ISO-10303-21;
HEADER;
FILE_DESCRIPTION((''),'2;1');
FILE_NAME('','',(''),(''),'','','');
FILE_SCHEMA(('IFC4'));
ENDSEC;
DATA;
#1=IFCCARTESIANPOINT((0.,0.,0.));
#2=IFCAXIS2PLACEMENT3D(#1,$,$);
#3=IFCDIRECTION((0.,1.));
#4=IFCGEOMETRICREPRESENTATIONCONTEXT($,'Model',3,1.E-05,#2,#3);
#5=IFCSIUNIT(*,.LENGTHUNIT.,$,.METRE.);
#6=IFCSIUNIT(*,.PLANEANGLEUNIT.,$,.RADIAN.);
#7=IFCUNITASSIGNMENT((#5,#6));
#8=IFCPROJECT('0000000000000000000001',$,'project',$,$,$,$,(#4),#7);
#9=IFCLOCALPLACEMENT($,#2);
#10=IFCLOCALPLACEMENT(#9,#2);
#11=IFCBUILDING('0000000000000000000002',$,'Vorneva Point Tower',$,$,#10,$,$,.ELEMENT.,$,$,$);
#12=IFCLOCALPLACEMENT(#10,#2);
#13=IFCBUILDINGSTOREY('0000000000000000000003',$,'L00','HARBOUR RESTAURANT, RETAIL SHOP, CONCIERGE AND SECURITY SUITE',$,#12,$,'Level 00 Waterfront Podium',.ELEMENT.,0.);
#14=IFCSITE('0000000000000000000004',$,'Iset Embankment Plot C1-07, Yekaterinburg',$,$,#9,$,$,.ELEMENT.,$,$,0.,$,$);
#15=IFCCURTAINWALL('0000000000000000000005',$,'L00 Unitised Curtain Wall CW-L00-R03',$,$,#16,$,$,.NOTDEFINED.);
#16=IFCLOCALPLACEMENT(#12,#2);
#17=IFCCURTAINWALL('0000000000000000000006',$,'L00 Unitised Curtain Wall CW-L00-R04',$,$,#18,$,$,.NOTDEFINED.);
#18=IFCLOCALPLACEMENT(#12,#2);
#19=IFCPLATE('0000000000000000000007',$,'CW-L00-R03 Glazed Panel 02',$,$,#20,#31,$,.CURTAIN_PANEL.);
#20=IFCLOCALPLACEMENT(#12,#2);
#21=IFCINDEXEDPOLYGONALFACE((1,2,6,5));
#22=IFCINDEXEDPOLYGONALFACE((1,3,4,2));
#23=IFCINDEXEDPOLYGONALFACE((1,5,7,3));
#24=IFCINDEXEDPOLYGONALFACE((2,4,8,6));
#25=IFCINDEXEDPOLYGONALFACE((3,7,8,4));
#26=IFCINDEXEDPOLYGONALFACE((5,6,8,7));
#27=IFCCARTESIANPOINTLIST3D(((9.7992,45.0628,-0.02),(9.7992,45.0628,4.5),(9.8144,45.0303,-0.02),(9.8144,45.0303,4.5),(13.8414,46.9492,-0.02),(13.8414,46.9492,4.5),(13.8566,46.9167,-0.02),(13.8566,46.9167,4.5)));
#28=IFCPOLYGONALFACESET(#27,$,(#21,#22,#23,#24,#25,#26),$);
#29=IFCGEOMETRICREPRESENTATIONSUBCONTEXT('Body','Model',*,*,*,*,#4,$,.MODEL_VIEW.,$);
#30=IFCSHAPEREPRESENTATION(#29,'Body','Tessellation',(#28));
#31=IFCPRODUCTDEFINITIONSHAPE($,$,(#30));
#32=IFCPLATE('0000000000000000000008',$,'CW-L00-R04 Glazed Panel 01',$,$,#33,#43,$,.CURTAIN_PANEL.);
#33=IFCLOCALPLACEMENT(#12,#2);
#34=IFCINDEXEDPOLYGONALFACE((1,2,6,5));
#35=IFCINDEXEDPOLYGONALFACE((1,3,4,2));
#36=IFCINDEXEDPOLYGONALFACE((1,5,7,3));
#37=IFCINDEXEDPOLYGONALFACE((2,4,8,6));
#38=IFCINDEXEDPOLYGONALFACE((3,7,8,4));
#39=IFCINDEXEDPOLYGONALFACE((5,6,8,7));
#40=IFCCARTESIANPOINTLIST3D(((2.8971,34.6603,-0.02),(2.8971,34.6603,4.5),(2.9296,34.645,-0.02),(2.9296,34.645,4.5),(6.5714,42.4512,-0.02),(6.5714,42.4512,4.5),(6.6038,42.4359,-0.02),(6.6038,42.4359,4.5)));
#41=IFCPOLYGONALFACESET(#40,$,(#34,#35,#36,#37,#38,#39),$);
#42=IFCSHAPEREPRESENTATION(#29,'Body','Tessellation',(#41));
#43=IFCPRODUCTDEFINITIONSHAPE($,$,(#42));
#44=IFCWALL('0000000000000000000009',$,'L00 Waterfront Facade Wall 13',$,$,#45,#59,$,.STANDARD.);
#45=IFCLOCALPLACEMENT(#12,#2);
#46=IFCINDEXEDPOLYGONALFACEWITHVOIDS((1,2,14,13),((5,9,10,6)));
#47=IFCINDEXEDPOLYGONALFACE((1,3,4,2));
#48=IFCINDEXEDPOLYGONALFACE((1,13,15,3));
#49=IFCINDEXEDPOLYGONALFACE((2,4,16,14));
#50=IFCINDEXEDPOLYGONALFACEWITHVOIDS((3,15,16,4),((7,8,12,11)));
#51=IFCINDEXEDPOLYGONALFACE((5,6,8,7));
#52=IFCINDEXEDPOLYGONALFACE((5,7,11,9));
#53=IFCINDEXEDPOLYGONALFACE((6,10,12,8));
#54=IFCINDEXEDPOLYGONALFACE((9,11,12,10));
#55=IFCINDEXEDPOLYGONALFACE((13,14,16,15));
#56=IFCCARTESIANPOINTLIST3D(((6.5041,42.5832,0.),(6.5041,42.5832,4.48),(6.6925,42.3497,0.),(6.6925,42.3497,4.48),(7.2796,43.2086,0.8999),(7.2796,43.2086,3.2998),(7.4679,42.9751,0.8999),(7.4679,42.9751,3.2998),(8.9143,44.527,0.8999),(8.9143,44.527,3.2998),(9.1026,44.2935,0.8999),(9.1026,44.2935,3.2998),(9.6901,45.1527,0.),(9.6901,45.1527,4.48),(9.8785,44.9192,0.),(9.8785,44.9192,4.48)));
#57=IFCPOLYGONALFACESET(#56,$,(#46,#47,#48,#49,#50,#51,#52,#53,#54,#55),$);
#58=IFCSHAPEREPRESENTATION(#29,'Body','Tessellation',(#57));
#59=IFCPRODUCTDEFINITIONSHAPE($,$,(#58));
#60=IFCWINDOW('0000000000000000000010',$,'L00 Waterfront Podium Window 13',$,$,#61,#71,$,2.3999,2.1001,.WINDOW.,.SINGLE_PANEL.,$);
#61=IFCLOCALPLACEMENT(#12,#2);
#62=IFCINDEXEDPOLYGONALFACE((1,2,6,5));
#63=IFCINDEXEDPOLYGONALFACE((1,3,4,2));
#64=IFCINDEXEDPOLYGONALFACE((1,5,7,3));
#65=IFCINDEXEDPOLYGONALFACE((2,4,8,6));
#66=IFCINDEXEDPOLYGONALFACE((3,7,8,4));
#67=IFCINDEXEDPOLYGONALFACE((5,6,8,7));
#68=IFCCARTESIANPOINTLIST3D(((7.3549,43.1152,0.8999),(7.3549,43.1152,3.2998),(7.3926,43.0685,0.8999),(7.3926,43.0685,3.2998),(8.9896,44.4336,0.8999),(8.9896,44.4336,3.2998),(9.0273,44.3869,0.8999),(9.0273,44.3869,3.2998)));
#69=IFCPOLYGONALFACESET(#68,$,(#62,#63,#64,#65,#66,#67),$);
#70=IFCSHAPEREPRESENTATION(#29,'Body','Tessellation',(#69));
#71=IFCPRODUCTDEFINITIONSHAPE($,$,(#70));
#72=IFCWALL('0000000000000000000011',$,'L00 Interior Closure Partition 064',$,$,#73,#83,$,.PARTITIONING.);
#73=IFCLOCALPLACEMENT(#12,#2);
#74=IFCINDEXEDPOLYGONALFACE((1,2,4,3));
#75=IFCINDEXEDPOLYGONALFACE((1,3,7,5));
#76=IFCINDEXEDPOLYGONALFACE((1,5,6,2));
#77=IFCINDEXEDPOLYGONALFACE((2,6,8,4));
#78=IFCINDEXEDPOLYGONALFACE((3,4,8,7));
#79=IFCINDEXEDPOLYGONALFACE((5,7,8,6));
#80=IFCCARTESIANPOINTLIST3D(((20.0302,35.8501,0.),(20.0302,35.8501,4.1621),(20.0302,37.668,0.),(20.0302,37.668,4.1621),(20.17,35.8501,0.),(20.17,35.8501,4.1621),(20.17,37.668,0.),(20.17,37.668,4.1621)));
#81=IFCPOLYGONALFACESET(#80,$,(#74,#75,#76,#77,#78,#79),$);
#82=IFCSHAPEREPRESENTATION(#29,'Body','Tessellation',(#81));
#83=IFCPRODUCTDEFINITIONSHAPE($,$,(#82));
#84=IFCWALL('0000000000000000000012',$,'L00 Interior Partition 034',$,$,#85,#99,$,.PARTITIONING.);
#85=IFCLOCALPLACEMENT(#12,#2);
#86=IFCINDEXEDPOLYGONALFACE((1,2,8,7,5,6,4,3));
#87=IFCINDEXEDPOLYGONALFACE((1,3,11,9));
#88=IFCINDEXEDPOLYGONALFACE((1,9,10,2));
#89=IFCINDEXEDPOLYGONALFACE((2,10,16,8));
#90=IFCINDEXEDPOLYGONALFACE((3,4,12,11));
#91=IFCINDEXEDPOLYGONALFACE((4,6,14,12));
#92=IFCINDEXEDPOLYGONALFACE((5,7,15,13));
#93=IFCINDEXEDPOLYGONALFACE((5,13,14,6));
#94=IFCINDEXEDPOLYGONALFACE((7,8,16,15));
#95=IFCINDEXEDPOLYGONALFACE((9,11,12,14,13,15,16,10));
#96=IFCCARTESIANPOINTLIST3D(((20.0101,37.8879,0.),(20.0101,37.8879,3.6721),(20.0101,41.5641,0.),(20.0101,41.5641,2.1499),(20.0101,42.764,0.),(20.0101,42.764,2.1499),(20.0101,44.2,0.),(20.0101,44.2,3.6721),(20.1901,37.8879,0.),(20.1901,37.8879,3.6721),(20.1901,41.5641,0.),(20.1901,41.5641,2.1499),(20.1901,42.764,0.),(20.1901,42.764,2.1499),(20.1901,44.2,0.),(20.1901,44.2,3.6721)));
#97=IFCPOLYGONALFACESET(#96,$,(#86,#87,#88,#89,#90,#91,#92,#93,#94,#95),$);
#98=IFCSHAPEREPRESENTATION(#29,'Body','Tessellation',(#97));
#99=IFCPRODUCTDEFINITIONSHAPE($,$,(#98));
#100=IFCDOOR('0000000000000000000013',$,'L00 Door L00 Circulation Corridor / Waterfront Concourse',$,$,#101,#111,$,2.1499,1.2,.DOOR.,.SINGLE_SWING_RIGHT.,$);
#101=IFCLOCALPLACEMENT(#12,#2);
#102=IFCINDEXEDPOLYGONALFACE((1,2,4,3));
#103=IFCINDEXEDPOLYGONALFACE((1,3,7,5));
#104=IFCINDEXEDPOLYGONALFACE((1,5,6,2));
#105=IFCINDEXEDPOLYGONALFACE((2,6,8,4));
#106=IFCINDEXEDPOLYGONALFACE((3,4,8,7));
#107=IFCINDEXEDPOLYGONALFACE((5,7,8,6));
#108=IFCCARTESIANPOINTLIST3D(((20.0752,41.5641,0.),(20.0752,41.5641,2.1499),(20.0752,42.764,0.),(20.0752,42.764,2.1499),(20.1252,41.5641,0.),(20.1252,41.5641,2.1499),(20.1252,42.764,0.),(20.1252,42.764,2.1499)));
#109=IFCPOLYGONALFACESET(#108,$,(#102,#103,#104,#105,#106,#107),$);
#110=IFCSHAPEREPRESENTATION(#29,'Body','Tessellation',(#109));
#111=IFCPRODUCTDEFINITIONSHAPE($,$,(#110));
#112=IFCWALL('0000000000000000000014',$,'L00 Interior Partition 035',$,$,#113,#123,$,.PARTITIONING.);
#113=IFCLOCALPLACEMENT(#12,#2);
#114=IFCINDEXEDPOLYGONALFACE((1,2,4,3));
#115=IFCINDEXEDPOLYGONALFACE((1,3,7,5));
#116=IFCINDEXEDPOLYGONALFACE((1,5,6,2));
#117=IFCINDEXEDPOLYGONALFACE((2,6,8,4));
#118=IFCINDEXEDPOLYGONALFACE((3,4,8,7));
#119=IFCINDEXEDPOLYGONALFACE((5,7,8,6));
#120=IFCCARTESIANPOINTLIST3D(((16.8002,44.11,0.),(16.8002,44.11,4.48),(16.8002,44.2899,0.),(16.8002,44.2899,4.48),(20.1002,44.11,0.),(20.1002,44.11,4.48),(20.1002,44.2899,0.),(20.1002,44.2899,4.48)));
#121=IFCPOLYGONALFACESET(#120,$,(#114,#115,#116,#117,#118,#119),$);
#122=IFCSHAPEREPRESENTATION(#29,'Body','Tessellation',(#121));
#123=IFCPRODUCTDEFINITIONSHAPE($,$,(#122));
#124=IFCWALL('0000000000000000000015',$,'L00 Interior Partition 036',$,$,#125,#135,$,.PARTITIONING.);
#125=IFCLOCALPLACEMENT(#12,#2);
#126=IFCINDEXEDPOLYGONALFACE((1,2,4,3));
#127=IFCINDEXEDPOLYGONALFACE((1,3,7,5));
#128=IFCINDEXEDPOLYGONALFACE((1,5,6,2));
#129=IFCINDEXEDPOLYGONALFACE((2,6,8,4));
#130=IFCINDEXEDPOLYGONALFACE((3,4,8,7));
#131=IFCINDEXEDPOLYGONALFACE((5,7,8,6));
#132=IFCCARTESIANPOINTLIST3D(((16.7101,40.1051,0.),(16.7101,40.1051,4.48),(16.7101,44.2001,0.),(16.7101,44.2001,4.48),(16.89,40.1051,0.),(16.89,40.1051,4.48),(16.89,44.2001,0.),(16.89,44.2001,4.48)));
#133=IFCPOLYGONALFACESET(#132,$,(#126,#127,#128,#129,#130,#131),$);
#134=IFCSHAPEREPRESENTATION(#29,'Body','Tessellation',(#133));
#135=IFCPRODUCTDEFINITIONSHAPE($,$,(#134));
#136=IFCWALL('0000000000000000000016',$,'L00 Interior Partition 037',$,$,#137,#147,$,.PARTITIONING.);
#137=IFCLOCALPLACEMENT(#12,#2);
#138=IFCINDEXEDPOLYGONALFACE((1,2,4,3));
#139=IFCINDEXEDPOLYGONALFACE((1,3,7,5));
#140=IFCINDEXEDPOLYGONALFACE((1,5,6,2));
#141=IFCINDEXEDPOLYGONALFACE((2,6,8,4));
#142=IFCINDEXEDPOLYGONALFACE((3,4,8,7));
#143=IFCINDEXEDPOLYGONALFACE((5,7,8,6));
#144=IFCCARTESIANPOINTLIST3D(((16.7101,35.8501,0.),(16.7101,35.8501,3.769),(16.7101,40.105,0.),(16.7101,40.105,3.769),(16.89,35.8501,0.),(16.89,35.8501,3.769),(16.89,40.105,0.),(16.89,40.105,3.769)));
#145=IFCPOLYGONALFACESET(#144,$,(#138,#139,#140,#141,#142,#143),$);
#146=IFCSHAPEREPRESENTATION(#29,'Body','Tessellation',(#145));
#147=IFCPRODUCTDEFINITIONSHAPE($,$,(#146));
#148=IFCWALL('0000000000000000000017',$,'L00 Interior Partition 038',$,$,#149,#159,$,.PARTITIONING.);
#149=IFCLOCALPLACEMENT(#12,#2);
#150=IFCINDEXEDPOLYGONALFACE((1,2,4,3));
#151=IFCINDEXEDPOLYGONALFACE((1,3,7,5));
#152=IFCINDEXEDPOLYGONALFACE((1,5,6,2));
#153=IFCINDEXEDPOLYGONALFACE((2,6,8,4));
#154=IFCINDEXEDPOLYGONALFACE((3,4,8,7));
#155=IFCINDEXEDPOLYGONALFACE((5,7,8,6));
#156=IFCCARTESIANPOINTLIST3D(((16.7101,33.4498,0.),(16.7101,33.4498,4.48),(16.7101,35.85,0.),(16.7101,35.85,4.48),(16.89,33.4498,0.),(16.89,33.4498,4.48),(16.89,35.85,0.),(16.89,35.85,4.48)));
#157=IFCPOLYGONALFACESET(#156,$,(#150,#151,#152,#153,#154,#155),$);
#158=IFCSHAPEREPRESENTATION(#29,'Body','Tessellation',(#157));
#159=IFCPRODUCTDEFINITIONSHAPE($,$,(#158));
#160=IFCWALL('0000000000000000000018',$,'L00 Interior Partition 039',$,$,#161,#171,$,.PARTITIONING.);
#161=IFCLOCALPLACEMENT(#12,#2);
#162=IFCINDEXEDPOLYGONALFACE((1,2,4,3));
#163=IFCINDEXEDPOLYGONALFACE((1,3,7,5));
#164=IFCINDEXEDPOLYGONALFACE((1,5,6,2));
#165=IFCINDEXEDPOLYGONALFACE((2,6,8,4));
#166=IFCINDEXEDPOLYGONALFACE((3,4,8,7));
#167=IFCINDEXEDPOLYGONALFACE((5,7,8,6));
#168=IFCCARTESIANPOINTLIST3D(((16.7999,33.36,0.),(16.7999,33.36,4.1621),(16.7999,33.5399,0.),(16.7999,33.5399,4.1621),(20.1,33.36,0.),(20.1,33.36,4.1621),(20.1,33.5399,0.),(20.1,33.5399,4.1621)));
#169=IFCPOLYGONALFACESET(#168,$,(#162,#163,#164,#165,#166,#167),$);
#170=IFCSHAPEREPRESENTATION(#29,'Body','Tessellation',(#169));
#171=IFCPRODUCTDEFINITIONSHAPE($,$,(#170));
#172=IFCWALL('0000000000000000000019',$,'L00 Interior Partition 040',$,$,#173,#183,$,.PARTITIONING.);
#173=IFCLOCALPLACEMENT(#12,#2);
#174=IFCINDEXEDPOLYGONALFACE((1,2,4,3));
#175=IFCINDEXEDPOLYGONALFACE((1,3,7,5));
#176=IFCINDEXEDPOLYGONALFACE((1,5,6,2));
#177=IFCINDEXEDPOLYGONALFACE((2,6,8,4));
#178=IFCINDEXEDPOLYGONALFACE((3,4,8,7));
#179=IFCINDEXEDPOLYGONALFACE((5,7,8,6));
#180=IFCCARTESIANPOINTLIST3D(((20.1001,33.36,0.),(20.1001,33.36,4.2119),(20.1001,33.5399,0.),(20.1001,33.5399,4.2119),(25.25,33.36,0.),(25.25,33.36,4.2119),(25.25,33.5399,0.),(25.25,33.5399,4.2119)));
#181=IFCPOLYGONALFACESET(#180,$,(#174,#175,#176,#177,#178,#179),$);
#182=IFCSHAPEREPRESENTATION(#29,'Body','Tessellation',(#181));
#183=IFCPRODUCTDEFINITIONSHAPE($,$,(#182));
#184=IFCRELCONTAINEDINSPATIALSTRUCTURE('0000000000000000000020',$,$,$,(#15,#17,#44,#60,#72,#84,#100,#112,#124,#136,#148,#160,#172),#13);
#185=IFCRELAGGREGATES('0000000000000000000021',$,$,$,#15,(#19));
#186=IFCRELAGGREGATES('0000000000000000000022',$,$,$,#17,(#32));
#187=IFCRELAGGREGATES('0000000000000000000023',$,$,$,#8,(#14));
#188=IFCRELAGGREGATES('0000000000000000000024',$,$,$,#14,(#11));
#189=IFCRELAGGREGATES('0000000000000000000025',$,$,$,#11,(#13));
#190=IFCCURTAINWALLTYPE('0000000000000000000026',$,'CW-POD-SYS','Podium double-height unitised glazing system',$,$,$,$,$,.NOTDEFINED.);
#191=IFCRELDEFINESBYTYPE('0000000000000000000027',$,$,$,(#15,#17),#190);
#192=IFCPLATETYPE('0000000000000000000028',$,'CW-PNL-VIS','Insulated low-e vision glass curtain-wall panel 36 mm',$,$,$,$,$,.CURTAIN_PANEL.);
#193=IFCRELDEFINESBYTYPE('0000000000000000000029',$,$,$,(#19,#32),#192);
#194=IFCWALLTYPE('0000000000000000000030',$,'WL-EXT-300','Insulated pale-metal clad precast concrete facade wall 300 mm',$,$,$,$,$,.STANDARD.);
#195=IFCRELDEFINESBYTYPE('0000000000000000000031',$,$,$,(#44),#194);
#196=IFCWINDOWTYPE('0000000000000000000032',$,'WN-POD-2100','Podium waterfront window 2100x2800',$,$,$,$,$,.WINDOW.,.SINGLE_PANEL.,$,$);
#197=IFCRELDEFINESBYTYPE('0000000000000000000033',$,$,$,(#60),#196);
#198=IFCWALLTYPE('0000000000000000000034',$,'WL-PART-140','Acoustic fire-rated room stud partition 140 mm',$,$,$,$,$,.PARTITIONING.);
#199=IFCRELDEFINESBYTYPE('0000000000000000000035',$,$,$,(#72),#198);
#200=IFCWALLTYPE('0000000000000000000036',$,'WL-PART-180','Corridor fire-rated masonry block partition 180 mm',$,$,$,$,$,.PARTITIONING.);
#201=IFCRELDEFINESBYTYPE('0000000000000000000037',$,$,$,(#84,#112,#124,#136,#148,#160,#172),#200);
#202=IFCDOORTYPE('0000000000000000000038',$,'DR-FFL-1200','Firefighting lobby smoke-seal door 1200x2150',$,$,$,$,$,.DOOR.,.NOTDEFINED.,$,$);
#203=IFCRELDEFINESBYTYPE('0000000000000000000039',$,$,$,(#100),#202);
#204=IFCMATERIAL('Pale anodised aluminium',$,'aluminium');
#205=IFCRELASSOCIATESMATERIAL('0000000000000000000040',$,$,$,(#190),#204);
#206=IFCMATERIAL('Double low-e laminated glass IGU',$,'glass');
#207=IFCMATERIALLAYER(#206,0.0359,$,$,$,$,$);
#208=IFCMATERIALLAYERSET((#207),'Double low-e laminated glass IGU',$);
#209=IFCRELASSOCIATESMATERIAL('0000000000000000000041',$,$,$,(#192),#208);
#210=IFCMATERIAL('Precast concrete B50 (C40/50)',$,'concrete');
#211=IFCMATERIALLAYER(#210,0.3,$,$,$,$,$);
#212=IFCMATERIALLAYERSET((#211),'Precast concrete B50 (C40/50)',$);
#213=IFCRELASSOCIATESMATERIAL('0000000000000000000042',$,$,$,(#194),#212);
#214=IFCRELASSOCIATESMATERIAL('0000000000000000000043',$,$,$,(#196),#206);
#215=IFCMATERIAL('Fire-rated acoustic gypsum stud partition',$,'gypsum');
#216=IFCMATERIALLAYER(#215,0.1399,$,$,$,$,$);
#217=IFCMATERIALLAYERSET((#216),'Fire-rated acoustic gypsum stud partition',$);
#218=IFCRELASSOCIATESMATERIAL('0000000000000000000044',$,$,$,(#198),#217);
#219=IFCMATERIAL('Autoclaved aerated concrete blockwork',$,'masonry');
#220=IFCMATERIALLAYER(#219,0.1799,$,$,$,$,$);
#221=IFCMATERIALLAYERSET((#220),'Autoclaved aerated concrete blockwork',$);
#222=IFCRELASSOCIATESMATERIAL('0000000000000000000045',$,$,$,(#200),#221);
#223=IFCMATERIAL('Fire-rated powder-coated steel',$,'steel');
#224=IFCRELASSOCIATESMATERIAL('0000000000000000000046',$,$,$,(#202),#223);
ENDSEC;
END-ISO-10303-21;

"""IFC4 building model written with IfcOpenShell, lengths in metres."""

from ifc_helpers import new_model, si_unit, direction, frame, frame_2d, origin, origin_2d, place, context, subcontext, project, spatial, rectangle, extrude, material, layer, layer_set, type_object, element, fill, aggregate, save


model = new_model("IFC4")

# Units and contexts
model_context = context("Model", 3, precision=1e-05, world=origin(), true_north=direction((0.0, 1.0)))
body_context = subcontext(model_context, "Body", "Model", "MODEL_VIEW")
ifc_project = project(units=[si_unit("LENGTHUNIT", "METRE"), si_unit("PLANEANGLEUNIT", "RADIAN")], contexts=[model_context])

# Site, building, storey
site_placement = place(None, origin())
site = spatial("IfcSite", under=ifc_project, at=site_placement, Name="Iset Embankment Plot C1-07, Yekaterinburg", CompositionType="ELEMENT", RefElevation=0.0)
building_placement = place(site_placement, origin())
building = spatial("IfcBuilding", under=site, at=building_placement, Name="Vorneva Point Tower", CompositionType="ELEMENT")
storey_placement = place(building_placement, origin())
storey = spatial("IfcBuildingStorey", under=building, at=storey_placement, Name="L00", Description="HARBOUR RESTAURANT, RETAIL SHOP, CONCIERGE AND SECURITY SUITE", LongName="Level 00 Waterfront Podium", CompositionType="ELEMENT", Elevation=0.0)

# Curtain walls
ifc_material_1 = material(Name="Pale anodised aluminium", Category="aluminium")
curtain_wall_type = type_object("IfcCurtainWallType", Name="CW-POD-SYS", Description="Podium double-height unitised glazing system", PredefinedType="NOTDEFINED", material=ifc_material_1)
curtain_wall_1_placement = place(storey_placement, origin())
curtain_wall_1 = element("IfcCurtainWall", 1, at=curtain_wall_1_placement, inside=storey, type_object=curtain_wall_type, Name="L00 Unitised Curtain Wall CW-L00-R03", PredefinedType="NOTDEFINED")
curtain_wall_2_placement = place(storey_placement, origin())
curtain_wall_2 = element("IfcCurtainWall", 2, at=curtain_wall_2_placement, inside=storey, type_object=curtain_wall_type, Name="L00 Unitised Curtain Wall CW-L00-R04", PredefinedType="NOTDEFINED")

# Plates
ifc_material_2 = material(Name="Double low-e laminated glass IGU", Category="glass")
ifc_layer_1 = layer(ifc_material_2, 0.0359)
ifc_layer_set_1 = layer_set([ifc_layer_1], Name="Double low-e laminated glass IGU")
plate_type = type_object("IfcPlateType", Name="CW-PNL-VIS", Description="Insulated low-e vision glass curtain-wall panel 36 mm", PredefinedType="CURTAIN_PANEL", material=ifc_layer_set_1)
plate_1_placement = place(storey_placement, frame((11.8279, 45.9897, -0.02), z_axis=(0.0, 0.0, 1.0), x_axis=(-0.906175, -0.422903, 0.0)))
plate_1 = element("IfcPlate", 3, at=plate_1_placement, type_object=plate_type, Name="CW-L00-R03 Glazed Panel 02", PredefinedType="CURTAIN_PANEL", context=body_context, shape_type="SweptSolid", body=[
    extrude(rectangle(XDim=4.4607, YDim=0.0359, at=origin_2d()), origin(), (0.0, 0.0, 1.0), 4.52),
])
aggregate(curtain_wall_1, [plate_1])
plate_2_placement = place(storey_placement, frame((4.7505, 38.5481, -0.02), z_axis=(0.0, 0.0, 1.0), x_axis=(-0.426553, -0.904463, 0.0)))
plate_2 = element("IfcPlate", 4, at=plate_2_placement, type_object=plate_type, Name="CW-L00-R04 Glazed Panel 01", PredefinedType="CURTAIN_PANEL", context=body_context, shape_type="SweptSolid", body=[
    extrude(rectangle(XDim=8.6138, YDim=0.0359, at=origin_2d()), origin(), (0.0, 0.0, 1.0), 4.52),
])
aggregate(curtain_wall_2, [plate_2])

# Wall, opening, window
ifc_material_3 = material(Name="Precast concrete B50 (C40/50)", Category="concrete")
ifc_layer_2 = layer(ifc_material_3, 0.3)
ifc_layer_set_2 = layer_set([ifc_layer_2], Name="Precast concrete B50 (C40/50)")
wall_type_1 = type_object("IfcWallType", Name="WL-EXT-300", Description="Insulated pale-metal clad precast concrete facade wall 300 mm", PredefinedType="STANDARD", material=ifc_layer_set_2)
wall_1_placement = place(storey_placement, frame((9.7842, 45.0359, 0.0), z_axis=(0.0, 0.0, 1.0), x_axis=(-0.77839, -0.627782, 0.0)))
wall_1 = element("IfcWall", 5, at=wall_1_placement, inside=storey, type_object=wall_type_1, Name="L00 Waterfront Facade Wall 13", PredefinedType="STANDARD", context=body_context, shape_type="SweptSolid", body=[
    extrude(rectangle(XDim=4.093, YDim=0.3, at=frame_2d((2.0464, 0.0))), origin(), (0.0, 0.0, 1.0), 4.48),
])
opening_1_placement = place(wall_1_placement, frame((0.9966, 0.0, 0.8999)))
opening_1 = element("IfcOpeningElement", 6, at=opening_1_placement, cuts=wall_1, PredefinedType="OPENING", context=body_context, shape_type="SweptSolid", body=[
    extrude(rectangle(XDim=2.1001, YDim=2.3999, at=frame_2d((1.05, 1.2))), frame((0.0, 0.165, 0.0), z_axis=(0.0, -1.0, 0.0), x_axis=(1.0, 0.0, 0.0)), (0.0, 0.0, 1.0), 0.3298),
])
window_type = type_object("IfcWindowType", Name="WN-POD-2100", Description="Podium waterfront window 2100x2800", PartitioningType="SINGLE_PANEL", PredefinedType="WINDOW", material=ifc_material_2)
window_placement = place(opening_1_placement, origin())
window = element("IfcWindow", 7, at=window_placement, inside=storey, type_object=window_type, Name="L00 Waterfront Podium Window 13", OverallHeight=2.3999, OverallWidth=2.1001, PartitioningType="SINGLE_PANEL", PredefinedType="WINDOW", context=body_context, shape_type="SweptSolid", body=[
    extrude(rectangle(XDim=2.1001, YDim=2.3999, at=frame_2d((1.05, 1.2))), frame((0.0, 0.03, 0.0), z_axis=(0.0, -1.0, 0.0), x_axis=(1.0, 0.0, 0.0)), (0.0, 0.0, 1.0), 0.0601),
])
fill(opening_1, window)

# Wall
ifc_material_4 = material(Name="Fire-rated acoustic gypsum stud partition", Category="gypsum")
ifc_layer_3 = layer(ifc_material_4, 0.1399)
ifc_layer_set_3 = layer_set([ifc_layer_3], Name="Fire-rated acoustic gypsum stud partition")
wall_type_2 = type_object("IfcWallType", Name="WL-PART-140", Description="Acoustic fire-rated room stud partition 140 mm", PredefinedType="PARTITIONING", material=ifc_layer_set_3)
wall_2_placement = place(storey_placement, frame((20.1001, 35.8501, 0.0), z_axis=(0.0, 0.0, 1.0), x_axis=(0.0, 1.0, 0.0)))
element("IfcWall", 8, at=wall_2_placement, inside=storey, type_object=wall_type_2, Name="L00 Interior Closure Partition 064", PredefinedType="PARTITIONING", context=body_context, shape_type="SweptSolid", body=[
    extrude(rectangle(XDim=1.8179, YDim=0.1399, at=frame_2d((0.9089, 0.0))), origin(), (0.0, 0.0, 1.0), 4.1621),
])

# Wall, opening, door
ifc_material_5 = material(Name="Autoclaved aerated concrete blockwork", Category="masonry")
ifc_layer_4 = layer(ifc_material_5, 0.1799)
ifc_layer_set_4 = layer_set([ifc_layer_4], Name="Autoclaved aerated concrete blockwork")
wall_type_3 = type_object("IfcWallType", Name="WL-PART-180", Description="Corridor fire-rated masonry block partition 180 mm", PredefinedType="PARTITIONING", material=ifc_layer_set_4)
wall_3_placement = place(storey_placement, frame((20.1001, 37.8879, 0.0), z_axis=(0.0, 0.0, 1.0), x_axis=(0.0, 1.0, 0.0)))
wall_3 = element("IfcWall", 9, at=wall_3_placement, inside=storey, type_object=wall_type_3, Name="L00 Interior Partition 034", PredefinedType="PARTITIONING", context=body_context, shape_type="SweptSolid", body=[
    extrude(rectangle(XDim=6.312, YDim=0.1799, at=frame_2d((3.156, 0.0))), origin(), (0.0, 0.0, 1.0), 3.6721),
])
opening_2_placement = place(wall_3_placement, frame((3.676, 0.0, 0.0)))
opening_2 = element("IfcOpeningElement", 10, at=opening_2_placement, cuts=wall_3, PredefinedType="OPENING", context=body_context, shape_type="SweptSolid", body=[
    extrude(rectangle(XDim=1.2, YDim=2.1499, at=frame_2d((0.6001, 1.075))), frame((0.0, 0.105, 0.0), z_axis=(0.0, -1.0, 0.0), x_axis=(1.0, 0.0, 0.0)), (0.0, 0.0, 1.0), 0.2097),
])
ifc_material_6 = material(Name="Fire-rated powder-coated steel", Category="steel")
door_type_1 = type_object("IfcDoorType", Name="DR-FFL-1200", Description="Firefighting lobby smoke-seal door 1200x2150", OperationType="NOTDEFINED", PredefinedType="DOOR", material=ifc_material_6)
door_1_placement = place(opening_2_placement, origin())
door_1 = element("IfcDoor", 11, at=door_1_placement, inside=storey, type_object=door_type_1, Name="L00 Door L00 Circulation Corridor / Waterfront Concourse", OperationType="SINGLE_SWING_RIGHT", OverallHeight=2.1499, OverallWidth=1.2, PredefinedType="DOOR", context=body_context, shape_type="SweptSolid", body=[
    extrude(rectangle(XDim=1.2, YDim=2.1499, at=frame_2d((0.6001, 1.075))), frame((0.0, 0.0249, 0.0), z_axis=(0.0, -1.0, 0.0), x_axis=(1.0, 0.0, 0.0)), (0.0, 0.0, 1.0), 0.05),
])
fill(opening_2, door_1)

# Walls
wall_4_placement = place(storey_placement, frame((20.1001, 44.2, 0.0), z_axis=(0.0, 0.0, 1.0), x_axis=(-1.0, 0.0, 0.0)))
element("IfcWall", 12, at=wall_4_placement, inside=storey, type_object=wall_type_3, Name="L00 Interior Partition 035", PredefinedType="PARTITIONING", context=body_context, shape_type="SweptSolid", body=[
    extrude(rectangle(XDim=3.3, YDim=0.1799, at=frame_2d((1.6499, 0.0))), origin(), (0.0, 0.0, 1.0), 4.48),
])
wall_5_placement = place(storey_placement, frame((16.8, 44.2, 0.0), z_axis=(0.0, 0.0, 1.0), x_axis=(0.0, -1.0, 0.0)))
element("IfcWall", 13, at=wall_5_placement, inside=storey, type_object=wall_type_3, Name="L00 Interior Partition 036", PredefinedType="PARTITIONING", context=body_context, shape_type="SweptSolid", body=[
    extrude(rectangle(XDim=4.095, YDim=0.1799, at=frame_2d((2.0474, 0.0))), origin(), (0.0, 0.0, 1.0), 4.48),
])
wall_6_placement = place(storey_placement, frame((16.8, 40.105, 0.0), z_axis=(0.0, 0.0, 1.0), x_axis=(0.0, -1.0, 0.0)))
element("IfcWall", 14, at=wall_6_placement, inside=storey, type_object=wall_type_3, Name="L00 Interior Partition 037", PredefinedType="PARTITIONING", context=body_context, shape_type="SweptSolid", body=[
    extrude(rectangle(XDim=4.2549, YDim=0.1799, at=frame_2d((2.1274, 0.0))), origin(), (0.0, 0.0, 1.0), 3.769),
])
wall_7_placement = place(storey_placement, frame((16.8, 35.8501, 0.0), z_axis=(0.0, 0.0, 1.0), x_axis=(0.0, -1.0, 0.0)))
element("IfcWall", 15, at=wall_7_placement, inside=storey, type_object=wall_type_3, Name="L00 Interior Partition 038", PredefinedType="PARTITIONING", context=body_context, shape_type="SweptSolid", body=[
    extrude(rectangle(XDim=2.4001, YDim=0.1799, at=frame_2d((1.2002, 0.0))), origin(), (0.0, 0.0, 1.0), 4.48),
])
wall_8_placement = place(storey_placement, frame((16.8, 33.45, 0.0), z_axis=(0.0, 0.0, 1.0), x_axis=(1.0, 0.0, 0.0)))
element("IfcWall", 16, at=wall_8_placement, inside=storey, type_object=wall_type_3, Name="L00 Interior Partition 039", PredefinedType="PARTITIONING", context=body_context, shape_type="SweptSolid", body=[
    extrude(rectangle(XDim=3.3, YDim=0.1799, at=frame_2d((1.6499, 0.0))), origin(), (0.0, 0.0, 1.0), 4.1621),
])
wall_9_placement = place(storey_placement, frame((20.1001, 33.45, 0.0), z_axis=(0.0, 0.0, 1.0), x_axis=(1.0, 0.0, 0.0)))
element("IfcWall", 17, at=wall_9_placement, inside=storey, type_object=wall_type_3, Name="L00 Interior Partition 040", PredefinedType="PARTITIONING", context=body_context, shape_type="SweptSolid", body=[
    extrude(rectangle(XDim=5.1499, YDim=0.1799, at=frame_2d((2.575, 0.0))), origin(), (0.0, 0.0, 1.0), 4.2119),
])

save(model, "model.ifc")
